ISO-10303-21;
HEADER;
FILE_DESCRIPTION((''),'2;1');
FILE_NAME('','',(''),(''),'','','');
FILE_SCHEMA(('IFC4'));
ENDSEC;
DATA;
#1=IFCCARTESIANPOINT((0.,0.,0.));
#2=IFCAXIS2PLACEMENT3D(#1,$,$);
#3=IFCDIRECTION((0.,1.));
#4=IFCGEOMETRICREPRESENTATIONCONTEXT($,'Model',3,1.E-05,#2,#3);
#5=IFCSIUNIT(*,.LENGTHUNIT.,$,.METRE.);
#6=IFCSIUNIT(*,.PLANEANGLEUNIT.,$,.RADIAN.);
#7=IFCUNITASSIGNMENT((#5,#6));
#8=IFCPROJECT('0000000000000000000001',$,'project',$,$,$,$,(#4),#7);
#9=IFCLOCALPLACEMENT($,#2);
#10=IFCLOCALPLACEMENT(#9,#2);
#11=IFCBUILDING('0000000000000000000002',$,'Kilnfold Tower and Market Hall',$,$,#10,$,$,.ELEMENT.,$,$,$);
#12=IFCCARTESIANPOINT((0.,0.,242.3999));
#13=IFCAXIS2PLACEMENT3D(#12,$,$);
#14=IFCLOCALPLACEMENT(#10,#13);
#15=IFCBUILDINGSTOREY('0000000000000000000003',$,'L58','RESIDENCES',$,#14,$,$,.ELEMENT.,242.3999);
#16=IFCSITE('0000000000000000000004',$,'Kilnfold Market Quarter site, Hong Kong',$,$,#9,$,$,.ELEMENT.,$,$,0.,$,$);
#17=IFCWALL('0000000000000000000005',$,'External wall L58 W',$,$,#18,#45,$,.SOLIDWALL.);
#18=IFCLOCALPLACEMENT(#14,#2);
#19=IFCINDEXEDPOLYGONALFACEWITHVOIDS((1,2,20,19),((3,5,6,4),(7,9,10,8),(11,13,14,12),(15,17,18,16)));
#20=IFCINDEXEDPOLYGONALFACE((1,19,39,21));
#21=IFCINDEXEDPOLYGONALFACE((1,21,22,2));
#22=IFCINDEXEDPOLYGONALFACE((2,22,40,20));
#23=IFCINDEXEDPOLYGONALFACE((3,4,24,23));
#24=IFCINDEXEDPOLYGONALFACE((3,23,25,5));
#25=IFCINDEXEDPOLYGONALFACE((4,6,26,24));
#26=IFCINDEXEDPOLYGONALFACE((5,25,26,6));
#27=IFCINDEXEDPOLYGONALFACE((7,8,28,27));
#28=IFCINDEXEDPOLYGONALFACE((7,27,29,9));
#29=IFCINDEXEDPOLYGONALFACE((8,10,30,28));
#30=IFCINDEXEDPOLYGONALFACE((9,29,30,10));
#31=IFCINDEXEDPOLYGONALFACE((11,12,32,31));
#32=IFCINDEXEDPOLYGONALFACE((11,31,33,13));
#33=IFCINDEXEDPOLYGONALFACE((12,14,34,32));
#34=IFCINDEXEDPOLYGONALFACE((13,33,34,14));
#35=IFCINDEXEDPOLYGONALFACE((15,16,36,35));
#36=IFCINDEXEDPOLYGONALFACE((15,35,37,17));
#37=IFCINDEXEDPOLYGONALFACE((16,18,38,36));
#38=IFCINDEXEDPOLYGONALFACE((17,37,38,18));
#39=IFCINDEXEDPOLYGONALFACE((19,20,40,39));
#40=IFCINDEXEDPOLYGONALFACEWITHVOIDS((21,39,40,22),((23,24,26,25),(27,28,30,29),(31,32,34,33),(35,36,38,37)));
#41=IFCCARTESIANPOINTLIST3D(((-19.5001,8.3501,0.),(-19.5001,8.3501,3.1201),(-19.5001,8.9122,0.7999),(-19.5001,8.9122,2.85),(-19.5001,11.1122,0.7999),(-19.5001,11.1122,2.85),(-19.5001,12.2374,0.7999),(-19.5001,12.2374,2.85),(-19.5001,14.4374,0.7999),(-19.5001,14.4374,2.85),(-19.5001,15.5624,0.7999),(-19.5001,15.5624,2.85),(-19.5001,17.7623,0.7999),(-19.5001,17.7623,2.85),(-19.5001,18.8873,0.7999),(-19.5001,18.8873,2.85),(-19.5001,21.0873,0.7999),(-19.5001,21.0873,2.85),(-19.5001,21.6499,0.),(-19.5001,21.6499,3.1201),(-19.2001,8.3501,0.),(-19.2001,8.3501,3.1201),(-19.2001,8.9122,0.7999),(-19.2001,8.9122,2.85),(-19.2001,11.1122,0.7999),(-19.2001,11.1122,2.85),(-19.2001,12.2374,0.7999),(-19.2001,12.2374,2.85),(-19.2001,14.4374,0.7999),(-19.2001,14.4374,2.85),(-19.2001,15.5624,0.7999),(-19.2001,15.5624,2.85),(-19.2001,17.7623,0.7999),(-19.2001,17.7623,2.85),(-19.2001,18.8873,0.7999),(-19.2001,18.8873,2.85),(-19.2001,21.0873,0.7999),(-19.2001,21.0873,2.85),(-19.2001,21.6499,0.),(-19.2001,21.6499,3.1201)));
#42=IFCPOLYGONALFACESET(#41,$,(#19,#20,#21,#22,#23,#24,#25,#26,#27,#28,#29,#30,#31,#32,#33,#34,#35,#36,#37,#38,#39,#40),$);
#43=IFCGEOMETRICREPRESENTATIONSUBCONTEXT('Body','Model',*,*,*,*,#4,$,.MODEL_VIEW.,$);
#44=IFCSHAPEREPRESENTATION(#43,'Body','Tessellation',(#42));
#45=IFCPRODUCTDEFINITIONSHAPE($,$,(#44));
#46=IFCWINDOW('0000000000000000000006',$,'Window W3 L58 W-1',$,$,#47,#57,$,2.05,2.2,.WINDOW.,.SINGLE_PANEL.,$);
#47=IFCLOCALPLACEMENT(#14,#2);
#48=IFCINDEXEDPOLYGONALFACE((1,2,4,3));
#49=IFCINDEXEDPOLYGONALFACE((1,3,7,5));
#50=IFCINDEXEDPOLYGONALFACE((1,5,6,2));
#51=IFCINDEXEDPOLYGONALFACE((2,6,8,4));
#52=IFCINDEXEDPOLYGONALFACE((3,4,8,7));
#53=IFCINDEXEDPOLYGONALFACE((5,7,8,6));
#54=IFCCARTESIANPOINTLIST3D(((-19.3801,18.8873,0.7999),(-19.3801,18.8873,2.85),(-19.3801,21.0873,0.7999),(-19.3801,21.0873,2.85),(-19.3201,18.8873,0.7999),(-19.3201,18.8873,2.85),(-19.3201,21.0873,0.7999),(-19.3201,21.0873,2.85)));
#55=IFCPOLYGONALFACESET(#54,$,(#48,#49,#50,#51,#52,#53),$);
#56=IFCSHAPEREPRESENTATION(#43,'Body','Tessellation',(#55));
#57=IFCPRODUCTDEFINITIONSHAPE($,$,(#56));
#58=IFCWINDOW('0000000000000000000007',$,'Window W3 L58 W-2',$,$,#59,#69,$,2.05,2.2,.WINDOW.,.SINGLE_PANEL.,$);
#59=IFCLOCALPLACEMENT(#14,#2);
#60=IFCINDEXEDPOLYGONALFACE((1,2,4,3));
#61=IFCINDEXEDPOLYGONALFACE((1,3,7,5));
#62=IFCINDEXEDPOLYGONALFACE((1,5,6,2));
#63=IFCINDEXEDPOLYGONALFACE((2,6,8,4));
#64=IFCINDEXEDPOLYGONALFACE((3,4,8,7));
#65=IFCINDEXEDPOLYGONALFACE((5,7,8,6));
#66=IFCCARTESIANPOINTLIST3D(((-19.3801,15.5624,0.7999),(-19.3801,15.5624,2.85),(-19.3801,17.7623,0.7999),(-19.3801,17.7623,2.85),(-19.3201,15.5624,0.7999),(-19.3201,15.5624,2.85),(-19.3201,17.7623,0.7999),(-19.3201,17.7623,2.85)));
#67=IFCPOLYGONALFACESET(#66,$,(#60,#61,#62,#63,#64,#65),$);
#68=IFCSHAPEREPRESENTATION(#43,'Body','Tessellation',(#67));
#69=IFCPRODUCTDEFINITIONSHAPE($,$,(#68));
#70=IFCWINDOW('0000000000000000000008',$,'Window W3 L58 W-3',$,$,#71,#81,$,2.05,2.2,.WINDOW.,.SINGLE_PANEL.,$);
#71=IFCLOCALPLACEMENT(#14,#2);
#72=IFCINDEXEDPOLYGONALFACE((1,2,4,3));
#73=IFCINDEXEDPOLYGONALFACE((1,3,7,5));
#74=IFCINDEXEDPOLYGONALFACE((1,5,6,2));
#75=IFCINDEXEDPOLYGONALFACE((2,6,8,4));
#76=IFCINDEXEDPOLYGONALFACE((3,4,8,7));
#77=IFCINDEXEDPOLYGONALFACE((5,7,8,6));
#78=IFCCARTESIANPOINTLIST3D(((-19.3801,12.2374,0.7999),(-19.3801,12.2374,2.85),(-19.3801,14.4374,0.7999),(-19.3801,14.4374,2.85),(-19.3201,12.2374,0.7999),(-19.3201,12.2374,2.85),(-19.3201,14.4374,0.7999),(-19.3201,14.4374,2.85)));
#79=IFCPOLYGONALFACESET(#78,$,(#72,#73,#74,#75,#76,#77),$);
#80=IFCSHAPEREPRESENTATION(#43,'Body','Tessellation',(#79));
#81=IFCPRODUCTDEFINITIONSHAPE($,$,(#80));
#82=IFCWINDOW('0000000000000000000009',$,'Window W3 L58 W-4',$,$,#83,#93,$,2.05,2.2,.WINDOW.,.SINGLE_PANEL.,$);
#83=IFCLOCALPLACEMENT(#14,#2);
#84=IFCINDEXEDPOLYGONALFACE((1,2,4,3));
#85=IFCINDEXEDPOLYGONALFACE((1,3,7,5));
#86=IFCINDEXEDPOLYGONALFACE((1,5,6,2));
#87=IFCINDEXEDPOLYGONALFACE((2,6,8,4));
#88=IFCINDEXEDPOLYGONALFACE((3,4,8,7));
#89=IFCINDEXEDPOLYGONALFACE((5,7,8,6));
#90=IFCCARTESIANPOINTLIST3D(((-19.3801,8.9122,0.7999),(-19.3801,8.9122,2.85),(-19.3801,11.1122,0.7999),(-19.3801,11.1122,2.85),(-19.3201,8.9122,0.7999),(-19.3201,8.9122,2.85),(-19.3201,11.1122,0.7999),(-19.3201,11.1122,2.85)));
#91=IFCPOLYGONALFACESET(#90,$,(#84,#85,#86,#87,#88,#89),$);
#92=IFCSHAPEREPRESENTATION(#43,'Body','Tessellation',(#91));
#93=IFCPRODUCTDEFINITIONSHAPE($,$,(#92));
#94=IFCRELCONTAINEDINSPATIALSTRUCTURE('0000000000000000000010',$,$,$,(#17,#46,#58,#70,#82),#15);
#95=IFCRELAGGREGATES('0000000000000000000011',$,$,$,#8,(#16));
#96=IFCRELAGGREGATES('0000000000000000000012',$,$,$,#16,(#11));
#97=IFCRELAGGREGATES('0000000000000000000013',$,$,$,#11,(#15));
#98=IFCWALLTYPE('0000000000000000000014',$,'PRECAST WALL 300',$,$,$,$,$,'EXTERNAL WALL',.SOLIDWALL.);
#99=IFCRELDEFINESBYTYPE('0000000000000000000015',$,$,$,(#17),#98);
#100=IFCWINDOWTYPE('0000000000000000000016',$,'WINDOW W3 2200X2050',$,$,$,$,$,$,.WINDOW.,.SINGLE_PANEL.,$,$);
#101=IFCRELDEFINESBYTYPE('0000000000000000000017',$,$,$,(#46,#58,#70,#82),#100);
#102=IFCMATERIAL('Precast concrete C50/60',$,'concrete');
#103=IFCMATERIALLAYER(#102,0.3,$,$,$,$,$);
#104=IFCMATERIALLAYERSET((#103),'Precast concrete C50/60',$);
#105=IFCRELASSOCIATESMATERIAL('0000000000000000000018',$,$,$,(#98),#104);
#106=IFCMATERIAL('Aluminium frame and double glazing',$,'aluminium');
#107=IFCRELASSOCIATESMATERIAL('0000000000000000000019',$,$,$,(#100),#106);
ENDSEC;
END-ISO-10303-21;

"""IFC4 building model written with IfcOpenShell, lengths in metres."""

from ifc_helpers import new_model, si_unit, direction, frame, frame_2d, origin, place, context, subcontext, project, spatial, rectangle, extrude, source, transform, mapped, material, layer, layer_set, type_object, element, fill, save


model = new_model("IFC4")

# Units and contexts
model_context = context("Model", 3, precision=1e-05, world=origin(), true_north=direction((0.0, 1.0)))
body_context = subcontext(model_context, "Body", "Model", "MODEL_VIEW")
ifc_project = project(units=[si_unit("LENGTHUNIT", "METRE"), si_unit("PLANEANGLEUNIT", "RADIAN")], contexts=[model_context])

# Site, building, storey
site_placement = place(None, origin())
site = spatial("IfcSite", under=ifc_project, at=site_placement, Name="Kilnfold Market Quarter site, Hong Kong", CompositionType="ELEMENT", RefElevation=0.0)
building_placement = place(site_placement, origin())
building = spatial("IfcBuilding", under=site, at=building_placement, Name="Kilnfold Tower and Market Hall", CompositionType="ELEMENT")
storey_placement = place(building_placement, frame((0.0, 0.0, 242.3999)))
storey = spatial("IfcBuildingStorey", under=building, at=storey_placement, Name="L58", Description="RESIDENCES", CompositionType="ELEMENT", Elevation=242.3999)

# Wall, openings, windows
ifc_material_1 = material(Name="Precast concrete C50/60", Category="concrete")
ifc_layer_1 = layer(ifc_material_1, 0.3)
ifc_layer_set_1 = layer_set([ifc_layer_1], Name="Precast concrete C50/60")
wall_type_1 = type_object("IfcWallType", Name="PRECAST WALL 300", ElementType="EXTERNAL WALL", PredefinedType="SOLIDWALL", material=ifc_layer_set_1)
shared_shape_1 = source(origin(), body_context, "Body", "SweptSolid", [
    extrude(rectangle(XDim=13.2998, YDim=0.3, at=frame_2d((6.6499, 0.0))), origin(), (0.0, 0.0, 1.0), 3.1201),
])
wall_1_placement = place(storey_placement, frame((-19.3501, 21.6499, 0.0), z_axis=(0.0, 0.0, 1.0), x_axis=(0.0, -1.0, 0.0)))
wall_1 = element("IfcWall", 1, at=wall_1_placement, inside=storey, type_object=wall_type_1, Name="External wall L58 W", PredefinedType="SOLIDWALL", context=body_context, shape_type="MappedRepresentation", body=[
    mapped(shared_shape_1, transform((0.0, 0.0, 0.0))),
])
opening_1_placement = place(wall_1_placement, frame((0.5625, 0.0, 0.8)))
opening_1 = element("IfcOpeningElement", 2, at=opening_1_placement, cuts=wall_1, PredefinedType="OPENING", context=body_context, shape_type="SweptSolid", body=[
    extrude(rectangle(XDim=2.2, YDim=2.05, at=frame_2d((1.1001, 1.0249))), frame((0.0, 0.1602, 0.0), z_axis=(0.0, -1.0, 0.0), x_axis=(1.0, 0.0, 0.0)), (0.0, 0.0, 1.0), 0.3201),
])
opening_2_placement = place(wall_1_placement, frame((3.8875, 0.0, 0.8)))
opening_2 = element("IfcOpeningElement", 3, at=opening_2_placement, cuts=wall_1, PredefinedType="OPENING", context=body_context, shape_type="SweptSolid", body=[
    extrude(rectangle(XDim=2.2, YDim=2.05, at=frame_2d((1.1001, 1.0249))), frame((0.0, 0.1602, 0.0), z_axis=(0.0, -1.0, 0.0), x_axis=(1.0, 0.0, 0.0)), (0.0, 0.0, 1.0), 0.3201),
])
opening_3_placement = place(wall_1_placement, frame((7.2124, 0.0, 0.8)))
opening_3 = element("IfcOpeningElement", 4, at=opening_3_placement, cuts=wall_1, PredefinedType="OPENING", context=body_context, shape_type="SweptSolid", body=[
    extrude(rectangle(XDim=2.2, YDim=2.05, at=frame_2d((1.1001, 1.0249))), frame((0.0, 0.1602, 0.0), z_axis=(0.0, -1.0, 0.0), x_axis=(1.0, 0.0, 0.0)), (0.0, 0.0, 1.0), 0.3201),
])
opening_4_placement = place(wall_1_placement, frame((10.5376, 0.0, 0.8)))
opening_4 = element("IfcOpeningElement", 5, at=opening_4_placement, cuts=wall_1, PredefinedType="OPENING", context=body_context, shape_type="SweptSolid", body=[
    extrude(rectangle(XDim=2.2, YDim=2.05, at=frame_2d((1.1001, 1.0249))), frame((0.0, 0.1602, 0.0), z_axis=(0.0, -1.0, 0.0), x_axis=(1.0, 0.0, 0.0)), (0.0, 0.0, 1.0), 0.3201),
])
ifc_material_2 = material(Name="Aluminium frame and double glazing", Category="aluminium")
window_type = type_object("IfcWindowType", Name="WINDOW W3 2200X2050", PartitioningType="SINGLE_PANEL", PredefinedType="WINDOW", material=ifc_material_2)
window_1_placement = place(opening_1_placement, origin())
window_1 = element("IfcWindow", 6, at=window_1_placement, inside=storey, type_object=window_type, Name="Window W3 L58 W-1", OverallHeight=2.05, OverallWidth=2.2, PartitioningType="SINGLE_PANEL", PredefinedType="WINDOW", context=body_context, shape_type="SweptSolid", body=[
    extrude(rectangle(XDim=2.2, YDim=2.05, at=frame_2d((1.1001, 1.0249))), frame((0.0, 0.03, 0.0), z_axis=(0.0, -1.0, 0.0), x_axis=(1.0, 0.0, 0.0)), (0.0, 0.0, 1.0), 0.0601),
])
fill(opening_1, window_1)
window_2_placement = place(opening_2_placement, origin())
window_2 = element("IfcWindow", 7, at=window_2_placement, inside=storey, type_object=window_type, Name="Window W3 L58 W-2", OverallHeight=2.05, OverallWidth=2.2, PartitioningType="SINGLE_PANEL", PredefinedType="WINDOW", context=body_context, shape_type="SweptSolid", body=[
    extrude(rectangle(XDim=2.2, YDim=2.05, at=frame_2d((1.1001, 1.0249))), frame((0.0, 0.03, 0.0), z_axis=(0.0, -1.0, 0.0), x_axis=(1.0, 0.0, 0.0)), (0.0, 0.0, 1.0), 0.0601),
])
fill(opening_2, window_2)
window_3_placement = place(opening_3_placement, origin())
window_3 = element("IfcWindow", 8, at=window_3_placement, inside=storey, type_object=window_type, Name="Window W3 L58 W-3", OverallHeight=2.05, OverallWidth=2.2, PartitioningType="SINGLE_PANEL", PredefinedType="WINDOW", context=body_context, shape_type="SweptSolid", body=[
    extrude(rectangle(XDim=2.2, YDim=2.05, at=frame_2d((1.1001, 1.0249))), frame((0.0, 0.03, 0.0), z_axis=(0.0, -1.0, 0.0), x_axis=(1.0, 0.0, 0.0)), (0.0, 0.0, 1.0), 0.0601),
])
fill(opening_3, window_3)
window_4_placement = place(opening_4_placement, origin())
window_4 = element("IfcWindow", 9, at=window_4_placement, inside=storey, type_object=window_type, Name="Window W3 L58 W-4", OverallHeight=2.05, OverallWidth=2.2, PartitioningType="SINGLE_PANEL", PredefinedType="WINDOW", context=body_context, shape_type="SweptSolid", body=[
    extrude(rectangle(XDim=2.2, YDim=2.05, at=frame_2d((1.1001, 1.0249))), frame((0.0, 0.03, 0.0), z_axis=(0.0, -1.0, 0.0), x_axis=(1.0, 0.0, 0.0)), (0.0, 0.0, 1.0), 0.0601),
])
fill(opening_4, window_4)

save(model, "model.ifc")
